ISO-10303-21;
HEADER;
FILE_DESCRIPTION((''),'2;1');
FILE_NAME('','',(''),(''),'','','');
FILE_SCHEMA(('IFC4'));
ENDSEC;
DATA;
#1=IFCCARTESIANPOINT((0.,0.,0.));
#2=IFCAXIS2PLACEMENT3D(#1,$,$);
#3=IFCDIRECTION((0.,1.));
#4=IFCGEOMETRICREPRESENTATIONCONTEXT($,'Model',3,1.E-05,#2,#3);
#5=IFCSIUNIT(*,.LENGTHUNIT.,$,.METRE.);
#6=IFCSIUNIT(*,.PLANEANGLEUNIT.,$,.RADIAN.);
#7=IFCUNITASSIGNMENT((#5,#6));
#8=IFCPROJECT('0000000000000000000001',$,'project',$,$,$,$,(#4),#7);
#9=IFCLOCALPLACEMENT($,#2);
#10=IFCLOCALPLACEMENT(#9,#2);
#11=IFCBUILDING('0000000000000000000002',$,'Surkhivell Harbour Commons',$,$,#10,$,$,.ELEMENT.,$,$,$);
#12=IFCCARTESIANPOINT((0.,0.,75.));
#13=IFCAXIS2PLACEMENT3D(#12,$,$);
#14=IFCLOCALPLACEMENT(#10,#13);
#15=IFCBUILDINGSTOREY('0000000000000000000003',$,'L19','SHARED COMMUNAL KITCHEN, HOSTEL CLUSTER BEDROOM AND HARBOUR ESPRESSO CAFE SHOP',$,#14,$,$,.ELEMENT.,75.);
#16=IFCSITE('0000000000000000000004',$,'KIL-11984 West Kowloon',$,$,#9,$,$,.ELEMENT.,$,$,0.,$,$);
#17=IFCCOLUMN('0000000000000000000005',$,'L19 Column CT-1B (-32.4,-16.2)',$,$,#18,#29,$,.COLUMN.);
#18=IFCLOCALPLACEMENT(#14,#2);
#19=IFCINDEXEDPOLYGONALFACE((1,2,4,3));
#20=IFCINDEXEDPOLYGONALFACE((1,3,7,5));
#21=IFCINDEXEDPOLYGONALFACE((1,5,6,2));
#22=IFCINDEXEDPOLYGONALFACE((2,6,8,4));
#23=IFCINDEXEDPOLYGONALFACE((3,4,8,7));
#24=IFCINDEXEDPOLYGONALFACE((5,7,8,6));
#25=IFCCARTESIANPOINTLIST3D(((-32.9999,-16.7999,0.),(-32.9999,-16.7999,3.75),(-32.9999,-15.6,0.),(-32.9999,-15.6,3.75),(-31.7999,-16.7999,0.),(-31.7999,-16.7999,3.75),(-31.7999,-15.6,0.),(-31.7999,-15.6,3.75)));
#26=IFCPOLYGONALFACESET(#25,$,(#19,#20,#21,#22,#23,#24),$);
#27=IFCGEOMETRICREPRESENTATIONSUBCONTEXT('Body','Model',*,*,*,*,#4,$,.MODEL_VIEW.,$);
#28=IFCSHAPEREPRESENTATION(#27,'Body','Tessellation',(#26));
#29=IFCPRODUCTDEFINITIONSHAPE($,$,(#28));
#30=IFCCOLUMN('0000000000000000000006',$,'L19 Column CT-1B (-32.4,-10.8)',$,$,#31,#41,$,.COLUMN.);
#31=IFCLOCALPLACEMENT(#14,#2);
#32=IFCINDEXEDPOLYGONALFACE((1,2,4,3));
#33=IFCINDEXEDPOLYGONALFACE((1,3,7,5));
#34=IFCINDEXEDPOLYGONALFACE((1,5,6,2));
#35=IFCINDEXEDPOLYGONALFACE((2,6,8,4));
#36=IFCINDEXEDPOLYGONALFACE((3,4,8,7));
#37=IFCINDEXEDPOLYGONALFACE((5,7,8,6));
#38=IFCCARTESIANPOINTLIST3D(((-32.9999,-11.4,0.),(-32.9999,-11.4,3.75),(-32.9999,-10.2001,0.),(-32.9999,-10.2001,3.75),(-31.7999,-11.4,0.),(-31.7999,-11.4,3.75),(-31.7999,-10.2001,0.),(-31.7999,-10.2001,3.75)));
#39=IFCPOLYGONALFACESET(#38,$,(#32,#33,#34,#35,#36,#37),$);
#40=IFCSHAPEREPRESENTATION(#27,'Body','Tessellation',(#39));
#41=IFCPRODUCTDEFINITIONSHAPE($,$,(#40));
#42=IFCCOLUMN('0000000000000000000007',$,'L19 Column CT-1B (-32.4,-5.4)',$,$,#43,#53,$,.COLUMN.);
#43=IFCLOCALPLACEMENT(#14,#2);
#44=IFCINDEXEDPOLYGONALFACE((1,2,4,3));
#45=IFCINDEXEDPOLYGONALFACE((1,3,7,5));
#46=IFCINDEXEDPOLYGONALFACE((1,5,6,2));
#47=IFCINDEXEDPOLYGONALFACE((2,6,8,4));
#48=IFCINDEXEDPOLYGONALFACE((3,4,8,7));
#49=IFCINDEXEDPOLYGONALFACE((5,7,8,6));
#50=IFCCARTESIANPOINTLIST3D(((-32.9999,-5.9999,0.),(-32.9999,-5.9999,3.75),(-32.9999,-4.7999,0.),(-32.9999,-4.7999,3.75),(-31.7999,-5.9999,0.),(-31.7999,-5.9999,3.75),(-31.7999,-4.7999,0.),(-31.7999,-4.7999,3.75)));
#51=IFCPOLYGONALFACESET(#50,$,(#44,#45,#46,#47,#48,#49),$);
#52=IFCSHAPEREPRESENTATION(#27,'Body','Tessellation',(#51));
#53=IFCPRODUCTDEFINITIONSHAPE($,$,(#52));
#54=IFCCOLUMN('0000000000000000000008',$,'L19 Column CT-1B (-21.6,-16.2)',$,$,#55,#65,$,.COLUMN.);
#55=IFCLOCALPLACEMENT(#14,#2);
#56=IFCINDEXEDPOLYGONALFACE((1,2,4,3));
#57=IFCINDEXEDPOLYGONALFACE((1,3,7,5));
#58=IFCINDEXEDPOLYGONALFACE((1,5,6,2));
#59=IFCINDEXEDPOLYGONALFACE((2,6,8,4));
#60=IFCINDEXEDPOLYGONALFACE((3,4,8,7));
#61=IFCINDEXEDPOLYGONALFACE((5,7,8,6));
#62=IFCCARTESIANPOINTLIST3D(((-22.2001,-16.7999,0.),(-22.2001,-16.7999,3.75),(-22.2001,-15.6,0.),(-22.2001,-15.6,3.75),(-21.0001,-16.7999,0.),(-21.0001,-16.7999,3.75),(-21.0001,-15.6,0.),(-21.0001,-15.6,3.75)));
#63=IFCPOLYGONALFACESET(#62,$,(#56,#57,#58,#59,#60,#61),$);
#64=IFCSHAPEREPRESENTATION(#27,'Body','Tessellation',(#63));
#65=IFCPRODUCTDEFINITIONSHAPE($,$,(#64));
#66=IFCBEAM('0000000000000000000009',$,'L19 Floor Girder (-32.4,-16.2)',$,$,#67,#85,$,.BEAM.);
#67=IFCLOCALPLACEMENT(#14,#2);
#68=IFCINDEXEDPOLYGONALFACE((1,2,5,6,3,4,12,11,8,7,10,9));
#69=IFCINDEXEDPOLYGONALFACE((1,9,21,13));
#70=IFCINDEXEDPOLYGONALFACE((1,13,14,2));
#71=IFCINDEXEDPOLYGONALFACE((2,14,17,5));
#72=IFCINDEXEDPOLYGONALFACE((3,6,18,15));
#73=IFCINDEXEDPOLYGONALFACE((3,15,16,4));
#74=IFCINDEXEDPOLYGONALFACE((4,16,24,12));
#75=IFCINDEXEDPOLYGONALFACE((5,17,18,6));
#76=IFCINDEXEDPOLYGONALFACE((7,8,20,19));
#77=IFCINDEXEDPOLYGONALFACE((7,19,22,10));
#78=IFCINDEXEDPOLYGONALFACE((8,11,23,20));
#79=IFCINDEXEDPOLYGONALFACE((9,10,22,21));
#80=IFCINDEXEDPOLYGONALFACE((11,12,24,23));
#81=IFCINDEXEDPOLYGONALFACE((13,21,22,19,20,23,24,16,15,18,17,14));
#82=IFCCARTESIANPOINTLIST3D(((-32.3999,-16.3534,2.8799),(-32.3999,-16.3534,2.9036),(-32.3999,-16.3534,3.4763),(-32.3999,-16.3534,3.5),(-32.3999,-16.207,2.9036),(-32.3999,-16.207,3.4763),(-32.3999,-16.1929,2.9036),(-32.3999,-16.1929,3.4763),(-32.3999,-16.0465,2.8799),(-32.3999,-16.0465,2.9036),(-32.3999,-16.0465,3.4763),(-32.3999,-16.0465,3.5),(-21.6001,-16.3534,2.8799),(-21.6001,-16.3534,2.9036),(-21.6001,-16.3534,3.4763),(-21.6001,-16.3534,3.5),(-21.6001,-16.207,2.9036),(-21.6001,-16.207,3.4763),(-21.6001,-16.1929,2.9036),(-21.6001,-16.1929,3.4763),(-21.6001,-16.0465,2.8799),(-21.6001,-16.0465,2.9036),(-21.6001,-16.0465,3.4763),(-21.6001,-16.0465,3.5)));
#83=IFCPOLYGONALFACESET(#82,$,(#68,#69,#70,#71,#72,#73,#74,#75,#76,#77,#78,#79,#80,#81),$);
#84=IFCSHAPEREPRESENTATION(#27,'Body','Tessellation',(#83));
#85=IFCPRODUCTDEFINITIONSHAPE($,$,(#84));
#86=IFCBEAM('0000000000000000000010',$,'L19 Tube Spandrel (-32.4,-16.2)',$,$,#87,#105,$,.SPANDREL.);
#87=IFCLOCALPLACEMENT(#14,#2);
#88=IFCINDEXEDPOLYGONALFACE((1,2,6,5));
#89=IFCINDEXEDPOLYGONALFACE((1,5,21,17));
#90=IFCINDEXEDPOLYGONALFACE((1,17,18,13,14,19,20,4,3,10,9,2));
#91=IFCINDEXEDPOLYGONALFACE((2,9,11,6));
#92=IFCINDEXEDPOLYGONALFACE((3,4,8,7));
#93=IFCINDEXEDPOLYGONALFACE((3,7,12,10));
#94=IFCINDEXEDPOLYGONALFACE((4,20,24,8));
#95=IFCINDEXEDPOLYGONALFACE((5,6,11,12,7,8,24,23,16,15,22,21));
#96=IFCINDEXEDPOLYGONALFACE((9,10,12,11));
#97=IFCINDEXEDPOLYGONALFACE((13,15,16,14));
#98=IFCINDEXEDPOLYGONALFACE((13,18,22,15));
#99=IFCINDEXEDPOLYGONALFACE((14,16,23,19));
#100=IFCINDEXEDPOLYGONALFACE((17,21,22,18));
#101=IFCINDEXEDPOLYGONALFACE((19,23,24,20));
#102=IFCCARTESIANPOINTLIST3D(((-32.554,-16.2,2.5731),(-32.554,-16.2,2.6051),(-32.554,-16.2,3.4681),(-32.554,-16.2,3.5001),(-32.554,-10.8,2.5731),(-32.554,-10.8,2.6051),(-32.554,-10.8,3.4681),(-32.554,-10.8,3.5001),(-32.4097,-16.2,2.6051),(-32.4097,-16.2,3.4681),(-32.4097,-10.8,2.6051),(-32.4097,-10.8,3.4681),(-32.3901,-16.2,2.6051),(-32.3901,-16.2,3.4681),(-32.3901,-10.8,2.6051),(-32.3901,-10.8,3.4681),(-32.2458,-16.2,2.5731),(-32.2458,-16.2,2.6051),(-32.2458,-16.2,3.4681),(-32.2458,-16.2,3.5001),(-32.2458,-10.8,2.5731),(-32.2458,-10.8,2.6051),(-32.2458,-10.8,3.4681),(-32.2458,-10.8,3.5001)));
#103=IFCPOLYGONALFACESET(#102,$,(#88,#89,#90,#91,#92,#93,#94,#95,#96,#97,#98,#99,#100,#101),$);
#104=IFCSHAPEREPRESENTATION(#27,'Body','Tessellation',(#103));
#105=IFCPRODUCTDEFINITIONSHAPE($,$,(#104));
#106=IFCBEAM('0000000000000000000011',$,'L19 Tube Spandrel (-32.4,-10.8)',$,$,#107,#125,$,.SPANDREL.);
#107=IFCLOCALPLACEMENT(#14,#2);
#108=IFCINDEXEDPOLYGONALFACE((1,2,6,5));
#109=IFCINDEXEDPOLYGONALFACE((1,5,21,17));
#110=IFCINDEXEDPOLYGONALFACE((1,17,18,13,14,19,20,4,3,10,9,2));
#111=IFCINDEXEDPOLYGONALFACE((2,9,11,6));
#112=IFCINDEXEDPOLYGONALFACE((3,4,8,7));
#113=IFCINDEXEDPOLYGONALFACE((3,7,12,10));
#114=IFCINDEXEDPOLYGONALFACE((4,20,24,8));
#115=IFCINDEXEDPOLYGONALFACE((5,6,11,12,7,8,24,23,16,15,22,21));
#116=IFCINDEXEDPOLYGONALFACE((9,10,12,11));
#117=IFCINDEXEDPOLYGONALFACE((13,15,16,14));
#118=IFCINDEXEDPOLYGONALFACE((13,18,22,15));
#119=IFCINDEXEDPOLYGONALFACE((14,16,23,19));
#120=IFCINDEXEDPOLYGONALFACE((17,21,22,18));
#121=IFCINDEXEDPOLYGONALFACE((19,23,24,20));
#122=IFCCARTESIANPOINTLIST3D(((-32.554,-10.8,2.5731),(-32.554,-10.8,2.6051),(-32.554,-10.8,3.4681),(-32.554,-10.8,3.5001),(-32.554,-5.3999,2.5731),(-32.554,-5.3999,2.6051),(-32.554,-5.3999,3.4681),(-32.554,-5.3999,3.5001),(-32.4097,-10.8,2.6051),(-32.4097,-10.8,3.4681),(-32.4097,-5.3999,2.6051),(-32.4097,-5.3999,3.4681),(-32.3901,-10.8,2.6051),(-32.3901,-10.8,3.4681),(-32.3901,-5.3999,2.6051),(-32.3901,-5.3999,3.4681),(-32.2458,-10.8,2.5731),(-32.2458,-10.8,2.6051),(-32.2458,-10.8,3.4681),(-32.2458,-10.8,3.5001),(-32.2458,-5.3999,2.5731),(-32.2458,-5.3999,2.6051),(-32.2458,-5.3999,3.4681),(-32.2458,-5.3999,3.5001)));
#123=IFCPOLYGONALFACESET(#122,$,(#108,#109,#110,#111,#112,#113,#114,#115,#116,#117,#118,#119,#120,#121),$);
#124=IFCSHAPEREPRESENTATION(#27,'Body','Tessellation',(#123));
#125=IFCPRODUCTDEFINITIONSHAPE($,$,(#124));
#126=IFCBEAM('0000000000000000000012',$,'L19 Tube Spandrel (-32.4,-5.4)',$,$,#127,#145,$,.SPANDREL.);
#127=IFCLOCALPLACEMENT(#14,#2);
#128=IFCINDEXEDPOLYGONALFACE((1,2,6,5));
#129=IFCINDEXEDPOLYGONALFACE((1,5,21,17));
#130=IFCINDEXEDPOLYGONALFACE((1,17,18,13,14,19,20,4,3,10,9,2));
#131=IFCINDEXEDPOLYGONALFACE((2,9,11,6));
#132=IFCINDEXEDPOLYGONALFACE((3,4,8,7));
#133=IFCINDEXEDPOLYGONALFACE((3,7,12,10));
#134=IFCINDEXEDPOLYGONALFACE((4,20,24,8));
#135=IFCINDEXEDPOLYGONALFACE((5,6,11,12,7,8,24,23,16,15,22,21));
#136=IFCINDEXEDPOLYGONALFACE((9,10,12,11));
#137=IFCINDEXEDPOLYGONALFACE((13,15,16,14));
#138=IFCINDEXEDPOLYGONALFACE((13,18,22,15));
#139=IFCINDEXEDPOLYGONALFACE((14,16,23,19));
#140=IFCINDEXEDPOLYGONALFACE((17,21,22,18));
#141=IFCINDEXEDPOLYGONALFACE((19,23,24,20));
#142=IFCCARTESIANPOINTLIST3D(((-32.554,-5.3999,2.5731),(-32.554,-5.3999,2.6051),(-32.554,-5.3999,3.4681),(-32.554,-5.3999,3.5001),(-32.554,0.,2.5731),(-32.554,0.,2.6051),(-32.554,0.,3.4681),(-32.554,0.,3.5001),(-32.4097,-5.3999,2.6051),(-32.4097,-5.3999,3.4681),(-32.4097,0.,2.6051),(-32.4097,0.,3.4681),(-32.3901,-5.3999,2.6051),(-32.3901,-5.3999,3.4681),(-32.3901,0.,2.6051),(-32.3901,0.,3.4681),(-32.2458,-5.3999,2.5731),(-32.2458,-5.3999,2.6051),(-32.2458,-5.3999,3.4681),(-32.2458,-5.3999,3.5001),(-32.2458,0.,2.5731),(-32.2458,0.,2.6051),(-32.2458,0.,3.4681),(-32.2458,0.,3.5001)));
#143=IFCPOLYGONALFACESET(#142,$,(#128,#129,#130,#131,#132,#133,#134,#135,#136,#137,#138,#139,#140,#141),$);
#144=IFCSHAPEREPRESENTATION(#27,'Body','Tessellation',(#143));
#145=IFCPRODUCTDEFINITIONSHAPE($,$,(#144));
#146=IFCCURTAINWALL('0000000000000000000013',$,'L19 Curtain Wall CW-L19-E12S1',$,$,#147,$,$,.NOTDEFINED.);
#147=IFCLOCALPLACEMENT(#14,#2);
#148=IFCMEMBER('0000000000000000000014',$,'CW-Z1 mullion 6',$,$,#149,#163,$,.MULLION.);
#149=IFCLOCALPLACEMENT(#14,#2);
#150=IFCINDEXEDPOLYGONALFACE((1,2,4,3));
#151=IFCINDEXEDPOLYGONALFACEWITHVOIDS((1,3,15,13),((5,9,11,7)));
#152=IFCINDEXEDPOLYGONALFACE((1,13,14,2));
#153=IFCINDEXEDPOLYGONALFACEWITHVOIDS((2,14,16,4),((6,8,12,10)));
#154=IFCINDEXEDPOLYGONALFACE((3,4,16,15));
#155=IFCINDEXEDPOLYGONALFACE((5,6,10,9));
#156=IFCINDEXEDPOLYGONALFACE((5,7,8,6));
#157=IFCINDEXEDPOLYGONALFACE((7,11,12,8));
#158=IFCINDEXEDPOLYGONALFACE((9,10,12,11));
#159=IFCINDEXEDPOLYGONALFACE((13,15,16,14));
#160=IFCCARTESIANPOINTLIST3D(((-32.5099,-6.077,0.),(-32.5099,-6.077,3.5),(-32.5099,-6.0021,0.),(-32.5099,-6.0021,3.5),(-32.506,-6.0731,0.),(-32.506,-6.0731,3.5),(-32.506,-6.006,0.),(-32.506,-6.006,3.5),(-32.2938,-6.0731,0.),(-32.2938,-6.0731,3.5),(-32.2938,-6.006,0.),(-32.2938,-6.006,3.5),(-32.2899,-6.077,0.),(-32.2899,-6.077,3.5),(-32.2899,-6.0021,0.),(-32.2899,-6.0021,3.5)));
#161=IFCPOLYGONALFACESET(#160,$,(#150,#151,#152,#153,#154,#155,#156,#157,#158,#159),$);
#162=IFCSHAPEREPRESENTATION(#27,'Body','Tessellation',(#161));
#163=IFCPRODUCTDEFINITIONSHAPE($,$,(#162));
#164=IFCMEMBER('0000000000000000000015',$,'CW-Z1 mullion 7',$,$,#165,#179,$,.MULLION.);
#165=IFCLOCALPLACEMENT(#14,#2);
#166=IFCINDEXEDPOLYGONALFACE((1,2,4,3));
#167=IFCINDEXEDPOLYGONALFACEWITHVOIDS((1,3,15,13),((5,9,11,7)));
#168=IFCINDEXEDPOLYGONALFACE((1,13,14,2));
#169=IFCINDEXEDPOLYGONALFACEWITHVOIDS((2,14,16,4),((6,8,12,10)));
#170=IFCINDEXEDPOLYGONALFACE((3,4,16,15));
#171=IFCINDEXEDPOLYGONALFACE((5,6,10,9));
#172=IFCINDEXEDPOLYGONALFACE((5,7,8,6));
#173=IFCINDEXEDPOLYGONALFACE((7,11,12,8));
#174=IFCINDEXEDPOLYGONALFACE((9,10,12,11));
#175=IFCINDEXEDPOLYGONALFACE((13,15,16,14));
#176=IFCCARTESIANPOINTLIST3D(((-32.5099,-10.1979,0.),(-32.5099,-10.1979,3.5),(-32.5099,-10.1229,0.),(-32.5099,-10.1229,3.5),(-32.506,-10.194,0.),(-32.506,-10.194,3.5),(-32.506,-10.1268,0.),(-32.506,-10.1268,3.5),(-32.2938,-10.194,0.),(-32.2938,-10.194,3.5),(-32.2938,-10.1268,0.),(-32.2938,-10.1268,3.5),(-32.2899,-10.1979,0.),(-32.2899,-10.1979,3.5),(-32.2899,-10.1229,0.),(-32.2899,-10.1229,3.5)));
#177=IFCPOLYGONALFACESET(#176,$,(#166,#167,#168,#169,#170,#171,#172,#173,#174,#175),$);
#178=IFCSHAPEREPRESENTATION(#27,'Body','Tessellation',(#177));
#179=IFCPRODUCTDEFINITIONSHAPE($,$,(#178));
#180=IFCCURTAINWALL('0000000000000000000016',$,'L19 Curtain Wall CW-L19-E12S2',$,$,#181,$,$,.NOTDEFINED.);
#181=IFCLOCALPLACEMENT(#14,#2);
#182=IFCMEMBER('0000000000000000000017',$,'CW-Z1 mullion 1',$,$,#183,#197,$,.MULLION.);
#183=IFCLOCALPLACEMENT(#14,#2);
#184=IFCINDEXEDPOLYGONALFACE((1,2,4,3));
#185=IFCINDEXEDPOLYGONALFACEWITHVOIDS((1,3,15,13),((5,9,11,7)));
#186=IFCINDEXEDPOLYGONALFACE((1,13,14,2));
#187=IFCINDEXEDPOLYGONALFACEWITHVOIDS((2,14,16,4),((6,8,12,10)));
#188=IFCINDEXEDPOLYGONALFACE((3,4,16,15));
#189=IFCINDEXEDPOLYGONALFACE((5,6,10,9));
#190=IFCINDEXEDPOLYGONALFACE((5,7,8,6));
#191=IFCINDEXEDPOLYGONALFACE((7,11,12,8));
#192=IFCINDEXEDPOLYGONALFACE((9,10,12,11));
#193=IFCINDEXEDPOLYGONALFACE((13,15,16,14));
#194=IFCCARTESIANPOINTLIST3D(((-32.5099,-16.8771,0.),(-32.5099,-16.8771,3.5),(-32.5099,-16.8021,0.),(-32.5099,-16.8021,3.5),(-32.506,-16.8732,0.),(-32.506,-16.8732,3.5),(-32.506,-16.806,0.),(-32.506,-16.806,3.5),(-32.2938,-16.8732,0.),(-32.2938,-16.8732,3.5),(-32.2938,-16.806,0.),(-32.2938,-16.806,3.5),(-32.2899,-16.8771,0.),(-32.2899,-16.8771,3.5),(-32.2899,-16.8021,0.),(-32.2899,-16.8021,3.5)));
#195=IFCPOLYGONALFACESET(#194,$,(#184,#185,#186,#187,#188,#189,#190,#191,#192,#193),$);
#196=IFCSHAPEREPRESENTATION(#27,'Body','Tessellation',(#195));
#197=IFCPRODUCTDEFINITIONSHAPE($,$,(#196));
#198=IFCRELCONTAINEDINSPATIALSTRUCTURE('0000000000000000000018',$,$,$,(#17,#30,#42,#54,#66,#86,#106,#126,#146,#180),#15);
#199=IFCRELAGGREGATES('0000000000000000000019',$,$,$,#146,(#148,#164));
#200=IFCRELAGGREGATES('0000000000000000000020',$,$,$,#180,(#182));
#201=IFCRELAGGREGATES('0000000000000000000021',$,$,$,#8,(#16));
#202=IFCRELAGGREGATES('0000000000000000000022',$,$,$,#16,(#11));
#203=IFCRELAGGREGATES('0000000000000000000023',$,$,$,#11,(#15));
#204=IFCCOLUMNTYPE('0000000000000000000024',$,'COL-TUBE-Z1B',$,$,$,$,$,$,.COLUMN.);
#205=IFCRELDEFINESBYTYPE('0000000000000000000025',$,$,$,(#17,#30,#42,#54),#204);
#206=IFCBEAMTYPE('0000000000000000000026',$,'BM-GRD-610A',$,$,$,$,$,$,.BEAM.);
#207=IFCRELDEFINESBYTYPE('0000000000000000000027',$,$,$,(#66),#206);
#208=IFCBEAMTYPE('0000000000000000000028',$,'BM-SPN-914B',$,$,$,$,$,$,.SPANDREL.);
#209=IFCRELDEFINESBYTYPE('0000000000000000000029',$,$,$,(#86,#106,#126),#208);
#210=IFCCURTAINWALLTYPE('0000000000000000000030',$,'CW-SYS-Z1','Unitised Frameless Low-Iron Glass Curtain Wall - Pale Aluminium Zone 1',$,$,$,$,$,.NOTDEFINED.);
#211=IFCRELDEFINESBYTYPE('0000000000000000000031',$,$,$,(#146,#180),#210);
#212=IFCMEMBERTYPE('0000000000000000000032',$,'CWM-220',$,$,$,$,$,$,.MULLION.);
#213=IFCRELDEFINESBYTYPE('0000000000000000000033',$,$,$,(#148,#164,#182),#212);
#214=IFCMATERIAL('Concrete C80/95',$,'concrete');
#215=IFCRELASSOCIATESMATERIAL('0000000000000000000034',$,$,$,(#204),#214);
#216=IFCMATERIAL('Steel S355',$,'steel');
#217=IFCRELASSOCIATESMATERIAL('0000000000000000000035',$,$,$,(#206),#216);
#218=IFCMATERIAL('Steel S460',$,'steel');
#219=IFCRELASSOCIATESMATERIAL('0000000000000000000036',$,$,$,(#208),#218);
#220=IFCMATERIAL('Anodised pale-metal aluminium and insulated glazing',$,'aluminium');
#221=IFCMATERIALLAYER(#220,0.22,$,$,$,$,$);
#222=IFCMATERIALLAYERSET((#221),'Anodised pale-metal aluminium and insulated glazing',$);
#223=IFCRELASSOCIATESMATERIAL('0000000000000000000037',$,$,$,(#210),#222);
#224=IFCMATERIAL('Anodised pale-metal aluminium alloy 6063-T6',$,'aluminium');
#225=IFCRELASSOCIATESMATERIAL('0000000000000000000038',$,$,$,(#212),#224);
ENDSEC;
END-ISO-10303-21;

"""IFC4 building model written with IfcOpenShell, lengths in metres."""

from ifc_helpers import new_model, si_unit, direction, frame, origin, origin_2d, place, context, subcontext, project, spatial, rectangle, hollow_rectangle, i_section, extrude, material, layer, layer_set, material_profile, profile_set, type_object, element, aggregate, save


model = new_model("IFC4")

# Units and contexts
model_context = context("Model", 3, precision=1e-05, world=origin(), true_north=direction((0.0, 1.0)))
body_context = subcontext(model_context, "Body", "Model", "MODEL_VIEW")
ifc_project = project(units=[si_unit("LENGTHUNIT", "METRE"), si_unit("PLANEANGLEUNIT", "RADIAN")], contexts=[model_context])

# Site, building, storey
site_placement = place(None, origin())
site = spatial("IfcSite", under=ifc_project, at=site_placement, Name="KIL-11984 West Kowloon", CompositionType="ELEMENT", RefElevation=0.0)
building_placement = place(site_placement, origin())
building = spatial("IfcBuilding", under=site, at=building_placement, Name="Surkhivell Harbour Commons", CompositionType="ELEMENT")
storey_placement = place(building_placement, frame((0.0, 0.0, 75.0)))
storey = spatial("IfcBuildingStorey", under=building, at=storey_placement, Name="L19", Description="SHARED COMMUNAL KITCHEN, HOSTEL CLUSTER BEDROOM AND HARBOUR ESPRESSO CAFE SHOP", CompositionType="ELEMENT", Elevation=75.0)

# Columns
ifc_material_1 = material(Name="Concrete C80/95", Category="concrete")
ifc_material_profile_1 = material_profile(ifc_material_1, rectangle(XDim=1.2, YDim=1.2, at=origin_2d()), Name="RC-COL-1200x1200")
ifc_profile_set_1 = profile_set([ifc_material_profile_1], Name="Concrete C80/95")
column_type = type_object("IfcColumnType", Name="COL-TUBE-Z1B", PredefinedType="COLUMN", material=ifc_profile_set_1)
for number, where, z_axis, x_axis, name in (
    (1, (-32.3999, -16.2, 0.0), (0.0, 0.0, 1.0), (1.0, 0.0, 0.0), "L19 Column CT-1B (-32.4,-16.2)"),
    (2, (-32.3999, -10.8, 0.0), (0.0, 0.0, 1.0), (1.0, 0.0, 0.0), "L19 Column CT-1B (-32.4,-10.8)"),
    (3, (-32.3999, -5.3999, 0.0), (0.0, 0.0, 1.0), (1.0, 0.0, 0.0), "L19 Column CT-1B (-32.4,-5.4)"),
    (4, (-21.6001, -16.2, 0.0), (0.0, 0.0, 1.0), (1.0, 0.0, 0.0), "L19 Column CT-1B (-21.6,-16.2)"),
):
    element("IfcColumn", number, at=place(storey_placement, frame(where, z_axis=z_axis, x_axis=x_axis)), inside=storey, type_object=column_type, Name=name, PredefinedType="COLUMN", context=body_context, shape_type="SweptSolid", body=[
        extrude(rectangle(XDim=1.2, YDim=1.2, at=origin_2d()), origin(), (0.0, 0.0, 1.0), 3.75),
    ])

# Beams
ifc_material_2 = material(Name="Steel S355", Category="steel")
ifc_material_profile_2 = material_profile(ifc_material_2, i_section(OverallWidth=0.3069, OverallDepth=0.6201, WebThickness=0.0142, FlangeThickness=0.0237, at=origin_2d()), Name="UB610x305x179")
ifc_profile_set_2 = profile_set([ifc_material_profile_2], Name="Steel S355")
beam_type_1 = type_object("IfcBeamType", Name="BM-GRD-610A", PredefinedType="BEAM", material=ifc_profile_set_2)
beam_1_placement = place(storey_placement, frame((-32.3999, -16.2, 3.1899), z_axis=(1.0, 0.0, 0.0), x_axis=(0.0, 1.0, 0.0)))
element("IfcBeam", 5, at=beam_1_placement, inside=storey, type_object=beam_type_1, Name="L19 Floor Girder (-32.4,-16.2)", PredefinedType="BEAM", context=body_context, shape_type="SweptSolid", body=[
    extrude(i_section(OverallWidth=0.3069, OverallDepth=0.6201, WebThickness=0.0142, FlangeThickness=0.0237, at=origin_2d()), origin(), (0.0, 0.0, 1.0), 10.7998),
])
ifc_material_3 = material(Name="Steel S460", Category="steel")
ifc_material_profile_3 = material_profile(ifc_material_3, i_section(OverallWidth=0.3081, OverallDepth=0.927, WebThickness=0.0195, FlangeThickness=0.032, at=origin_2d()), Name="UB914x305x289")
ifc_profile_set_3 = profile_set([ifc_material_profile_3], Name="Steel S460")
beam_type_2 = type_object("IfcBeamType", Name="BM-SPN-914B", PredefinedType="SPANDREL", material=ifc_profile_set_3)
beam_2_placement = place(storey_placement, frame((-32.3999, -16.2, 3.0366), z_axis=(0.0, 1.0, 0.0), x_axis=(-1.0, 0.0, 0.0)))
element("IfcBeam", 6, at=beam_2_placement, inside=storey, type_object=beam_type_2, Name="L19 Tube Spandrel (-32.4,-16.2)", PredefinedType="SPANDREL", context=body_context, shape_type="SweptSolid", body=[
    extrude(i_section(OverallWidth=0.3081, OverallDepth=0.927, WebThickness=0.0195, FlangeThickness=0.032, at=origin_2d()), origin(), (0.0, 0.0, 1.0), 5.3999),
])
beam_3_placement = place(storey_placement, frame((-32.3999, -10.8, 3.0366), z_axis=(0.0, 1.0, 0.0), x_axis=(-1.0, 0.0, 0.0)))
element("IfcBeam", 7, at=beam_3_placement, inside=storey, type_object=beam_type_2, Name="L19 Tube Spandrel (-32.4,-10.8)", PredefinedType="SPANDREL", context=body_context, shape_type="SweptSolid", body=[
    extrude(i_section(OverallWidth=0.3081, OverallDepth=0.927, WebThickness=0.0195, FlangeThickness=0.032, at=origin_2d()), origin(), (0.0, 0.0, 1.0), 5.4001),
])
beam_4_placement = place(storey_placement, frame((-32.3999, -5.3999, 3.0366), z_axis=(0.0, 1.0, 0.0), x_axis=(-1.0, 0.0, 0.0)))
element("IfcBeam", 8, at=beam_4_placement, inside=storey, type_object=beam_type_2, Name="L19 Tube Spandrel (-32.4,-5.4)", PredefinedType="SPANDREL", context=body_context, shape_type="SweptSolid", body=[
    extrude(i_section(OverallWidth=0.3081, OverallDepth=0.927, WebThickness=0.0195, FlangeThickness=0.032, at=origin_2d()), origin(), (0.0, 0.0, 1.0), 5.3999),
])

# Curtain wall, members
ifc_material_4 = material(Name="Anodised pale-metal aluminium and insulated glazing", Category="aluminium")
ifc_layer_1 = layer(ifc_material_4, 0.22)
ifc_layer_set_1 = layer_set([ifc_layer_1], Name="Anodised pale-metal aluminium and insulated glazing")
curtain_wall_type = type_object("IfcCurtainWallType", Name="CW-SYS-Z1", Description="Unitised Frameless Low-Iron Glass Curtain Wall - Pale Aluminium Zone 1", PredefinedType="NOTDEFINED", material=ifc_layer_set_1)
curtain_wall_1_placement = place(storey_placement, origin())
curtain_wall_1 = element("IfcCurtainWall", 9, at=curtain_wall_1_placement, inside=storey, type_object=curtain_wall_type, Name="L19 Curtain Wall CW-L19-E12S1", PredefinedType="NOTDEFINED")
ifc_material_5 = material(Name="Anodised pale-metal aluminium alloy 6063-T6", Category="aluminium")
ifc_material_profile_4 = material_profile(ifc_material_5, hollow_rectangle(XDim=0.075, YDim=0.22, WallThickness=0.0039, at=origin_2d()), Name="ALU-MULL-75x220")
ifc_profile_set_4 = profile_set([ifc_material_profile_4], Name="Anodised pale-metal aluminium alloy 6063-T6")
member_type_1 = type_object("IfcMemberType", Name="CWM-220", PredefinedType="MULLION", material=ifc_profile_set_4)
member_1_placement = place(storey_placement, frame((-32.3999, -6.0396, 0.0), z_axis=(0.0, 0.0, 1.0), x_axis=(0.0, -1.0, 0.0)))
member_1 = element("IfcMember", 10, at=member_1_placement, type_object=member_type_1, Name="CW-Z1 mullion 6", PredefinedType="MULLION", context=body_context, shape_type="SweptSolid", body=[
    extrude(hollow_rectangle(XDim=0.075, YDim=0.22, WallThickness=0.0039, at=origin_2d()), origin(), (0.0, 0.0, 1.0), 3.5),
])
member_2_placement = place(storey_placement, frame((-32.3999, -10.1604, 0.0), z_axis=(0.0, 0.0, 1.0), x_axis=(0.0, -1.0, 0.0)))
member_2 = element("IfcMember", 11, at=member_2_placement, type_object=member_type_1, Name="CW-Z1 mullion 7", PredefinedType="MULLION", context=body_context, shape_type="SweptSolid", body=[
    extrude(hollow_rectangle(XDim=0.075, YDim=0.22, WallThickness=0.0039, at=origin_2d()), origin(), (0.0, 0.0, 1.0), 3.5),
])

# Curtain wall, member
curtain_wall_2_placement = place(storey_placement, origin())
curtain_wall_2 = element("IfcCurtainWall", 12, at=curtain_wall_2_placement, inside=storey, type_object=curtain_wall_type, Name="L19 Curtain Wall CW-L19-E12S2", PredefinedType="NOTDEFINED")
member_3_placement = place(storey_placement, frame((-32.3999, -16.8396, 0.0), z_axis=(0.0, 0.0, 1.0), x_axis=(0.0, -1.0, 0.0)))
member_3 = element("IfcMember", 13, at=member_3_placement, type_object=member_type_1, Name="CW-Z1 mullion 1", PredefinedType="MULLION", context=body_context, shape_type="SweptSolid", body=[
    extrude(hollow_rectangle(XDim=0.075, YDim=0.22, WallThickness=0.0039, at=origin_2d()), origin(), (0.0, 0.0, 1.0), 3.5),
])

aggregate(curtain_wall_1, [member_1, member_2])
aggregate(curtain_wall_2, [member_3])

save(model, "model.ifc")
